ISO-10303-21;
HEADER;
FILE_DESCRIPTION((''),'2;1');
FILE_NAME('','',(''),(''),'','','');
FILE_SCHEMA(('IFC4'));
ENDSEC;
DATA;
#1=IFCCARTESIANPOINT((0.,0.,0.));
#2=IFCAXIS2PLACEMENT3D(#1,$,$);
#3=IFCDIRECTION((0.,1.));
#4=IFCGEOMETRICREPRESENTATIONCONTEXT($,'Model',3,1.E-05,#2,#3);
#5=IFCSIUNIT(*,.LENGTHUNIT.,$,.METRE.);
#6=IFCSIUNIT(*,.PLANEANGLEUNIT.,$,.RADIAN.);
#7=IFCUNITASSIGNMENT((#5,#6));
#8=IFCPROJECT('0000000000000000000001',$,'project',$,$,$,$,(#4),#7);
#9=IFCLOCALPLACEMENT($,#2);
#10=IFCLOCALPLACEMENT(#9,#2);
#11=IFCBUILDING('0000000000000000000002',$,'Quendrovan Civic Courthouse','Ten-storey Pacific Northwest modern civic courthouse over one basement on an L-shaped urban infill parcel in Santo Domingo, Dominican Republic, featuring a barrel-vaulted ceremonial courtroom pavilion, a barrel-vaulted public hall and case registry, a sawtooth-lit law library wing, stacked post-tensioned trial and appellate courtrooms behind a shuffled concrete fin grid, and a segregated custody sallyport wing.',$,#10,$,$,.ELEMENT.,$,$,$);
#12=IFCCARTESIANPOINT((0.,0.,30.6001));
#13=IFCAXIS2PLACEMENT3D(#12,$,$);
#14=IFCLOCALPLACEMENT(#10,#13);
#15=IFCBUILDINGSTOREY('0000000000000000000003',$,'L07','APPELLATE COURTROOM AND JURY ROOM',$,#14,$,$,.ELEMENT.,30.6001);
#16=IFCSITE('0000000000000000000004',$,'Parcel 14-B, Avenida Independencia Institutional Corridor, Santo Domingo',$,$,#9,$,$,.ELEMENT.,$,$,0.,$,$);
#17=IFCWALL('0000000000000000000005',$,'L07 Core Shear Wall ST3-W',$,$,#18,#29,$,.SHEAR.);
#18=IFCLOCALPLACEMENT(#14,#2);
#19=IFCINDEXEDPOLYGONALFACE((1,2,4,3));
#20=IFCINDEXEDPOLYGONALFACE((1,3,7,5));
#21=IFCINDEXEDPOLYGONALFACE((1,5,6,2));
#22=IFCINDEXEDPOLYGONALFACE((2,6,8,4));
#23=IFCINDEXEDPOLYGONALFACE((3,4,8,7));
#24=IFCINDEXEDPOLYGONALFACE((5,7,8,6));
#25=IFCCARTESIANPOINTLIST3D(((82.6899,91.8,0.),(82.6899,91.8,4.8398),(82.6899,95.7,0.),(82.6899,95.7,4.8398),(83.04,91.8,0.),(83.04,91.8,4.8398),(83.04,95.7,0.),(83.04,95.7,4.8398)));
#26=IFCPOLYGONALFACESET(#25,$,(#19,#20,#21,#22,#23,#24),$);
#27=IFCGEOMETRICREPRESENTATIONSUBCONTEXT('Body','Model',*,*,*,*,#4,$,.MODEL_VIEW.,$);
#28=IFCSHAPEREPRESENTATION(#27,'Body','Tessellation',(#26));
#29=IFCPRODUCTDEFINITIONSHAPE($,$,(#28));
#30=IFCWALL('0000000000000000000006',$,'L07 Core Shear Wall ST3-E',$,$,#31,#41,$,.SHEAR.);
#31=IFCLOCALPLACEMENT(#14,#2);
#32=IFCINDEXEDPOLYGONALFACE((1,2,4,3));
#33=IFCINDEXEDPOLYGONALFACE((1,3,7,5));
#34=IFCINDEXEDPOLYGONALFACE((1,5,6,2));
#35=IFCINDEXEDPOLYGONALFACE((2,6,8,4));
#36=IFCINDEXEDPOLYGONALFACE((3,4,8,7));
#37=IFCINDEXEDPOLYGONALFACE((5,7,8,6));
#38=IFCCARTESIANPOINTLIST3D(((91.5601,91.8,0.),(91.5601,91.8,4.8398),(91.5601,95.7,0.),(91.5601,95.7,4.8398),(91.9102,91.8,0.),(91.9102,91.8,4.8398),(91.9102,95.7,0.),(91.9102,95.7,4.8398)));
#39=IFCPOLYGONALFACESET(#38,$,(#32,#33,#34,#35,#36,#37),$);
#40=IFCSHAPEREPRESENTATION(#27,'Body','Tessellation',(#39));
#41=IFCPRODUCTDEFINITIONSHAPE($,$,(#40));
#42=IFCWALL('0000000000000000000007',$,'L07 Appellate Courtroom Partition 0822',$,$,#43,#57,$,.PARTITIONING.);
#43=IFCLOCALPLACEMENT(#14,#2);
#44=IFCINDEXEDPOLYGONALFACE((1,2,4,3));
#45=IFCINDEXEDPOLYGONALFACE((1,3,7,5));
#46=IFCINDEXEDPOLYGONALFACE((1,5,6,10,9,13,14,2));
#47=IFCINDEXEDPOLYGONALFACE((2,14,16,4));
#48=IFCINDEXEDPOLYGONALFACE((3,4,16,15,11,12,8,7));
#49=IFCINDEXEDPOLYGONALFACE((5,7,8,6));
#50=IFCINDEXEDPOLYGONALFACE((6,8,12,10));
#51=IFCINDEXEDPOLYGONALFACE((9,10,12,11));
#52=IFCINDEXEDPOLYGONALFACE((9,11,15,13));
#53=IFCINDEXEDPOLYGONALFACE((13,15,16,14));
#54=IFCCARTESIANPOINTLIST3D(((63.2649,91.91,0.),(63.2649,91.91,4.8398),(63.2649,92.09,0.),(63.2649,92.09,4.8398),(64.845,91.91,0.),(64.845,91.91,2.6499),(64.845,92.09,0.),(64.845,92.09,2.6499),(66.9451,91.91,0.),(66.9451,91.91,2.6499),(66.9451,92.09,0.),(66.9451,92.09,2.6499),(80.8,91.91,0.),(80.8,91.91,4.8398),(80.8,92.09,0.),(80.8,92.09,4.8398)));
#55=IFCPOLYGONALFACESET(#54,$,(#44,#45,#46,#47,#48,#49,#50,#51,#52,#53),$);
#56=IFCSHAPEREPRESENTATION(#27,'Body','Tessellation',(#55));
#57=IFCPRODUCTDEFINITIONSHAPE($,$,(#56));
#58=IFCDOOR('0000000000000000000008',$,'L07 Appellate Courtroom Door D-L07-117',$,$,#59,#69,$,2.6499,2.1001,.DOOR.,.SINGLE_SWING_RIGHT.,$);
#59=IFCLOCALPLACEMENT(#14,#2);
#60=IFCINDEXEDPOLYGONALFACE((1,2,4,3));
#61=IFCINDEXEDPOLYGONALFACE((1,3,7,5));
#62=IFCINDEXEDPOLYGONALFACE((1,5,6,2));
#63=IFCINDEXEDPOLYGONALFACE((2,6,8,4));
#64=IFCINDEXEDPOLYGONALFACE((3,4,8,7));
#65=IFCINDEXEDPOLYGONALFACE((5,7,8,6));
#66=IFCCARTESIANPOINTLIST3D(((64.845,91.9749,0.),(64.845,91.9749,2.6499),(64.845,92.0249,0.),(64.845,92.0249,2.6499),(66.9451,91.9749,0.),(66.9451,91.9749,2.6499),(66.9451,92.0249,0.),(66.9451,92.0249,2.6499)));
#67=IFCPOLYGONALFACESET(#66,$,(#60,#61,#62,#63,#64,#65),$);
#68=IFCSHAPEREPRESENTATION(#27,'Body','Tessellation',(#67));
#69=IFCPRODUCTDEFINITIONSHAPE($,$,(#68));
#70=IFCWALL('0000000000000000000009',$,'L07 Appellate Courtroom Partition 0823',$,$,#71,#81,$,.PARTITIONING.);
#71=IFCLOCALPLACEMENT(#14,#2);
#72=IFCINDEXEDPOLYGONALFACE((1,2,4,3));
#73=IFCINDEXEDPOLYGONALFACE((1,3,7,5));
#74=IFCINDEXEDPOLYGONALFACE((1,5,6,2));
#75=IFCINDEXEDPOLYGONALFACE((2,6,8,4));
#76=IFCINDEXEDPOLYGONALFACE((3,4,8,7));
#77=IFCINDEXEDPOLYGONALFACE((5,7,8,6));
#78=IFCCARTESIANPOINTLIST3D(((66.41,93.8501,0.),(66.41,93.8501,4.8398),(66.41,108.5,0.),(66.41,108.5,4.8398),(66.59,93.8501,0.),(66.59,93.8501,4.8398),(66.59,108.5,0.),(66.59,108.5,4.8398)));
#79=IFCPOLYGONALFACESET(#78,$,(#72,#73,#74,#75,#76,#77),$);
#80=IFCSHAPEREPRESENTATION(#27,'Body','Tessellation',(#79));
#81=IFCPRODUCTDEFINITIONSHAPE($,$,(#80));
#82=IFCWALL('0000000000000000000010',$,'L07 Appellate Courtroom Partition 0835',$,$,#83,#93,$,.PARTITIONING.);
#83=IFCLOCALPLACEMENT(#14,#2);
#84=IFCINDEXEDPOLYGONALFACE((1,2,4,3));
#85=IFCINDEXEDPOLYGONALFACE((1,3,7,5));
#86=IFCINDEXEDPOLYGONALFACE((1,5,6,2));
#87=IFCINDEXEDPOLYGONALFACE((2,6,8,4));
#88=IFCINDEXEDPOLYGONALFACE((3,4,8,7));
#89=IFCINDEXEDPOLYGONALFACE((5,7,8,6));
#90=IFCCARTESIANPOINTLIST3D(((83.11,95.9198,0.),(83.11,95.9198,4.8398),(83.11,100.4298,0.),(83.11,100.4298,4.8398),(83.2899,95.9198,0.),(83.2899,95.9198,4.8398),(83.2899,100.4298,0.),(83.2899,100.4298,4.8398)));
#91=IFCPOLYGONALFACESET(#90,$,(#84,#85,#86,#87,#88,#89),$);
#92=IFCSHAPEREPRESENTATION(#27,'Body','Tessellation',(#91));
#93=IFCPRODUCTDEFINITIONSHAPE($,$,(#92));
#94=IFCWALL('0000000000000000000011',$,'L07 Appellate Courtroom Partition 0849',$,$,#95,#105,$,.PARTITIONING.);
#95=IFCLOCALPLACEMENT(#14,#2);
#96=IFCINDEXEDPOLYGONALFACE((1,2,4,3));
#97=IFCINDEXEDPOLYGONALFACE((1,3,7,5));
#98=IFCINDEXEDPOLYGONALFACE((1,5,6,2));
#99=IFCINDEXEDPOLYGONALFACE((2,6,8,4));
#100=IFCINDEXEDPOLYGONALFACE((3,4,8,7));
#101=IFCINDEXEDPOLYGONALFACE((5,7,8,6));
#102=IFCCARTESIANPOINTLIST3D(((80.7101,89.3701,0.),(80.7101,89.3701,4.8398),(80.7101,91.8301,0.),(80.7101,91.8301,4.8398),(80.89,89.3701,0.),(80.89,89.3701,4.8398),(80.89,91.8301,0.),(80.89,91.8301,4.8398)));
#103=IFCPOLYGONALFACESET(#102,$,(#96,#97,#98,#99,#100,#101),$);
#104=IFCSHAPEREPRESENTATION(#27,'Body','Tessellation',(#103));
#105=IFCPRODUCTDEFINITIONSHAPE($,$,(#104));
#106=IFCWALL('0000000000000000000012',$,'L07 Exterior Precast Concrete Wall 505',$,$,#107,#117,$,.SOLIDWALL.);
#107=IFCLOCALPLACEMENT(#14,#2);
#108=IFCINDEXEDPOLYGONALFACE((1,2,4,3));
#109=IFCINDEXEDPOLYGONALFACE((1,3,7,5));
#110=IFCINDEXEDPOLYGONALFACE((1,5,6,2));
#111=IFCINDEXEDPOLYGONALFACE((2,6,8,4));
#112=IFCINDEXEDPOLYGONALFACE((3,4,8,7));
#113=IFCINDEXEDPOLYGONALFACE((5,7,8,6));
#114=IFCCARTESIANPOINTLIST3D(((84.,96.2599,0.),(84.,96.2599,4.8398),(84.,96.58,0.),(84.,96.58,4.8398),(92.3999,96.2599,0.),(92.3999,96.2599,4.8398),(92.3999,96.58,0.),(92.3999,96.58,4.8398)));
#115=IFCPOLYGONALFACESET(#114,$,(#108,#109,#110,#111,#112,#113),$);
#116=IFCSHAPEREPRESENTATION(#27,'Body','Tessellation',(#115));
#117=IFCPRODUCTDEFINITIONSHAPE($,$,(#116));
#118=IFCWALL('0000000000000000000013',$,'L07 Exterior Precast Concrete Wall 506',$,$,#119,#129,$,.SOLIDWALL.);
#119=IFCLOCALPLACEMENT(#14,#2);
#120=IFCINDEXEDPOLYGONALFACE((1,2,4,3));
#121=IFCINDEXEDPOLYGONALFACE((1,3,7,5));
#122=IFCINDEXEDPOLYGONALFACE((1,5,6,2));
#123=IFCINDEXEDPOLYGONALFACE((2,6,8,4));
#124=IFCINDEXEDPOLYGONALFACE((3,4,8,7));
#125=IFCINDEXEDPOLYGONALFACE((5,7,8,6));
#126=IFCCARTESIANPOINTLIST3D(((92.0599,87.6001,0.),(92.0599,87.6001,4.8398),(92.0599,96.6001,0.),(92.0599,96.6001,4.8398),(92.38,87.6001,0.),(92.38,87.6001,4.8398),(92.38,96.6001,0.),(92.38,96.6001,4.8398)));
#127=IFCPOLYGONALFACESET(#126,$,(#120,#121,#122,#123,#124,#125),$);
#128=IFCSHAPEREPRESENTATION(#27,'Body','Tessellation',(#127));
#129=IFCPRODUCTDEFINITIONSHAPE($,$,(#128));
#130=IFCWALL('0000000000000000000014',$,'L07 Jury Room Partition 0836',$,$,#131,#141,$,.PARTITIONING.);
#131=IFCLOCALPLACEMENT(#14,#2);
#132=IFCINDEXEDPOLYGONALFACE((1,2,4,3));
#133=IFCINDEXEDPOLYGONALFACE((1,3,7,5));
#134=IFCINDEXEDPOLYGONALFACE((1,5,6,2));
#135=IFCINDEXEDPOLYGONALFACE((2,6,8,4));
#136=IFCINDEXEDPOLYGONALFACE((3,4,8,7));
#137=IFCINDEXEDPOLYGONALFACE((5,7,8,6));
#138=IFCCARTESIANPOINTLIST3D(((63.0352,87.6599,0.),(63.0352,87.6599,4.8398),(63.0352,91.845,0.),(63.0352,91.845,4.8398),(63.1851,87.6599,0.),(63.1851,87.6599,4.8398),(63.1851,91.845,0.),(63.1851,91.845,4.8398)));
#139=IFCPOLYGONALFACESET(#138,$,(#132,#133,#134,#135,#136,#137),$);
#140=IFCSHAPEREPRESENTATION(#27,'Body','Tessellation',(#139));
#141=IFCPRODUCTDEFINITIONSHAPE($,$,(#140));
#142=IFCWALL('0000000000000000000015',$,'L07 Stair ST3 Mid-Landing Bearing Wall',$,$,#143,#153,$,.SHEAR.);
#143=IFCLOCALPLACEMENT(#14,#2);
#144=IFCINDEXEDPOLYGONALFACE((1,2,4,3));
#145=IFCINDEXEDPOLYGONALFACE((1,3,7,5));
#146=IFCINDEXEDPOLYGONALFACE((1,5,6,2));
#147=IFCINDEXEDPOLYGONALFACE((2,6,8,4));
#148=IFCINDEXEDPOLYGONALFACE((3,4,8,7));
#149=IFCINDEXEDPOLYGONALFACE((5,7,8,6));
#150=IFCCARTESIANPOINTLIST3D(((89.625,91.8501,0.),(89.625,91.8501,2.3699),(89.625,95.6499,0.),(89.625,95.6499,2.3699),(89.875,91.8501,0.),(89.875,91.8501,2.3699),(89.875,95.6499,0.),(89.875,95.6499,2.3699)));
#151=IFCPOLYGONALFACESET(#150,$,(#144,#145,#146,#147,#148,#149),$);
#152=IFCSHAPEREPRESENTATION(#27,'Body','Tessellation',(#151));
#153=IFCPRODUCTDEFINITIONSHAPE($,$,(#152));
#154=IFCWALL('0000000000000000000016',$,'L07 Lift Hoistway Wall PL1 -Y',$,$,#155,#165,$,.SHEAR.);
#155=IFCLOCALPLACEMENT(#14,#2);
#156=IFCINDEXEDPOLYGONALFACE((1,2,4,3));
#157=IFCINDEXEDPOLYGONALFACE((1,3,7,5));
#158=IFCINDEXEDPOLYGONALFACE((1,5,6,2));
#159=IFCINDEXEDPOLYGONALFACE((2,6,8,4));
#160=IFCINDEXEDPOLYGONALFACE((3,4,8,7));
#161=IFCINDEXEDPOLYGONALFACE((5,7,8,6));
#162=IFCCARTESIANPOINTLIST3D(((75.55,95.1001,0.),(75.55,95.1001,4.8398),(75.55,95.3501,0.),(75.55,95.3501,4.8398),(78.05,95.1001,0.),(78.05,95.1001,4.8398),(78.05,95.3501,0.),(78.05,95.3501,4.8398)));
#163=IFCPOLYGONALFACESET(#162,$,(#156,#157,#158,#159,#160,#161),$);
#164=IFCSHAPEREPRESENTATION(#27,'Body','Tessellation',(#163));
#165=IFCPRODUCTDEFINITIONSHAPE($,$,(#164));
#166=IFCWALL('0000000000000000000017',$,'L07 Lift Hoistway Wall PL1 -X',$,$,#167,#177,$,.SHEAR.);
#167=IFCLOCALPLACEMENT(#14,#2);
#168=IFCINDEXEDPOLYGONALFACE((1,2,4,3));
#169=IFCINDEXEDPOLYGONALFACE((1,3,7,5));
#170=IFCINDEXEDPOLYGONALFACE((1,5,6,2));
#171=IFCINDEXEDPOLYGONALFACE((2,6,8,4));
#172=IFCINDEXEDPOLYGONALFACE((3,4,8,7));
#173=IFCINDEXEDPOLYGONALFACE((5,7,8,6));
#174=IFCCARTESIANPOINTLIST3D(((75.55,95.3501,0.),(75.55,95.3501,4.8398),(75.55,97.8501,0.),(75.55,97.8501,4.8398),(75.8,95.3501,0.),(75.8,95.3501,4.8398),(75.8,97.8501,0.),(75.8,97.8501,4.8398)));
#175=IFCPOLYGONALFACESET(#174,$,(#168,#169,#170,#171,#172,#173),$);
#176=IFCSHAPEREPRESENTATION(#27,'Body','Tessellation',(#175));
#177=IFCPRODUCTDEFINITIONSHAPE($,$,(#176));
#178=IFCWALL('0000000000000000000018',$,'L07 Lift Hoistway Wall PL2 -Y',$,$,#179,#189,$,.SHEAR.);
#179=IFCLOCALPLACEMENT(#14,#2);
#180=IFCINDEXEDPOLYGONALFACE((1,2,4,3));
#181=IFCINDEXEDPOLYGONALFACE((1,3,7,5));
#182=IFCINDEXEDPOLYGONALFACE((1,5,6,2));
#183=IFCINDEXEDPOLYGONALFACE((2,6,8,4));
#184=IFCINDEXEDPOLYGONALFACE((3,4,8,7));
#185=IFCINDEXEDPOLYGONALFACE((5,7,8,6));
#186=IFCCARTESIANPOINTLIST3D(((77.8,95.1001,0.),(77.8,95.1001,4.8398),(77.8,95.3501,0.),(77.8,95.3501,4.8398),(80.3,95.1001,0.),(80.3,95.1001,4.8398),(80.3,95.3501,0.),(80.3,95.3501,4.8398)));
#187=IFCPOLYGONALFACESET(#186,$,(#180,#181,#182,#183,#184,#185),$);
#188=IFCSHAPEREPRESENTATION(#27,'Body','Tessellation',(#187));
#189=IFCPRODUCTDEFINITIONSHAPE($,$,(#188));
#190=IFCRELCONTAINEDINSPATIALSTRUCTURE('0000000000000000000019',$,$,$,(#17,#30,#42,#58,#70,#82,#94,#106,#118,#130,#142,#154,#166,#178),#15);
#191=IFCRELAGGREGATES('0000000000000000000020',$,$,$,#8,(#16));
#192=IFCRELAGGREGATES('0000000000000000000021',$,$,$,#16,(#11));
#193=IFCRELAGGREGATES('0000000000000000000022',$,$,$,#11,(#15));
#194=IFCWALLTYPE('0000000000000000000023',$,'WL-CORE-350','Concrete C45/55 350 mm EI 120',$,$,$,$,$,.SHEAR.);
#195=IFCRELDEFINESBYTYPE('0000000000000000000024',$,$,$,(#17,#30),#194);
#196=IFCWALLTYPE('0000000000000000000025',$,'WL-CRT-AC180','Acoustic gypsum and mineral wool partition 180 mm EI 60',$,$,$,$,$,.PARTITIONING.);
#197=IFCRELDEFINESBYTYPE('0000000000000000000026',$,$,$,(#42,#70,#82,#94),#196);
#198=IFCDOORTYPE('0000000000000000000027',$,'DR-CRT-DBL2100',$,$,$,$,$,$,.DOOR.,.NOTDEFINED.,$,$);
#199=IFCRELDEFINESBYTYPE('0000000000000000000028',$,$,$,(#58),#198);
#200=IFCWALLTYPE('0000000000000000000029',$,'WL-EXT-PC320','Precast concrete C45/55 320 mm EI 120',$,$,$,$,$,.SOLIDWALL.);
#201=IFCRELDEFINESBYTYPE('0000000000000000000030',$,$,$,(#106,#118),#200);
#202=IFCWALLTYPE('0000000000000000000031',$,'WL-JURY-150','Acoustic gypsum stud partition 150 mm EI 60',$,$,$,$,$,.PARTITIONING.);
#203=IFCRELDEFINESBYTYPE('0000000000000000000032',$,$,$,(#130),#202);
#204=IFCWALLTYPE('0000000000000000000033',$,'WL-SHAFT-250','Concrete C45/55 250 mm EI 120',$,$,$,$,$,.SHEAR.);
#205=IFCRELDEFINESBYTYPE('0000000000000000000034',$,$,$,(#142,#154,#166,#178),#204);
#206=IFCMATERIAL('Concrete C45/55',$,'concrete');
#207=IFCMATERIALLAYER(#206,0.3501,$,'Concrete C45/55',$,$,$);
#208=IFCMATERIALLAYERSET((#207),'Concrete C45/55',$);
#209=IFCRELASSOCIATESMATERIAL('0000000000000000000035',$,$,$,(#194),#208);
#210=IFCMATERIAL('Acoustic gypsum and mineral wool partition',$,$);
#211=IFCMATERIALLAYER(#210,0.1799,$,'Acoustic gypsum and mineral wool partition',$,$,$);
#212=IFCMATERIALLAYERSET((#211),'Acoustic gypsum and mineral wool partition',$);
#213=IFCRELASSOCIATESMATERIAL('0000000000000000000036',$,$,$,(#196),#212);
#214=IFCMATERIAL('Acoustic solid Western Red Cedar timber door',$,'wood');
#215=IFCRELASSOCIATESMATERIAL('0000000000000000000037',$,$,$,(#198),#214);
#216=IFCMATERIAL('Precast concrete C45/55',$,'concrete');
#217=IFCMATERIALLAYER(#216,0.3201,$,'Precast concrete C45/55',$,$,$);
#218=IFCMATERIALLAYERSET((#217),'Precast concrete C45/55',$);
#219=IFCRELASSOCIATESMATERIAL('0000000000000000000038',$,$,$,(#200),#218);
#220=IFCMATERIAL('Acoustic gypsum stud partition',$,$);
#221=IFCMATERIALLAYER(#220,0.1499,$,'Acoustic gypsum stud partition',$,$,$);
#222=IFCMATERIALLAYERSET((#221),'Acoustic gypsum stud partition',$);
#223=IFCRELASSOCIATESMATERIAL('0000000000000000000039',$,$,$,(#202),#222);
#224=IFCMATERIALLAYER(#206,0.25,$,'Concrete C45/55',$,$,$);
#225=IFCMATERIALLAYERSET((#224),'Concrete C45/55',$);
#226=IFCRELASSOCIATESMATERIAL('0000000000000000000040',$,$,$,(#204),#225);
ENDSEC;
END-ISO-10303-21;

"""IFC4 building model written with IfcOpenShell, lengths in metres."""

from ifc_helpers import new_model, si_unit, direction, frame, frame_2d, origin, place, context, subcontext, project, spatial, rectangle, extrude, material, layer, layer_set, type_object, element, fill, save


model = new_model("IFC4")

# Units and contexts
model_context = context("Model", 3, precision=1e-05, world=origin(), true_north=direction((0.0, 1.0)))
body_context = subcontext(model_context, "Body", "Model", "MODEL_VIEW")
ifc_project = project(units=[si_unit("LENGTHUNIT", "METRE"), si_unit("PLANEANGLEUNIT", "RADIAN")], contexts=[model_context])

# Site, building, storey
site_placement = place(None, origin())
site = spatial("IfcSite", under=ifc_project, at=site_placement, Name="Parcel 14-B, Avenida Independencia Institutional Corridor, Santo Domingo", CompositionType="ELEMENT", RefElevation=0.0)
building_placement = place(site_placement, origin())
building = spatial("IfcBuilding", under=site, at=building_placement, Name="Quendrovan Civic Courthouse", Description="Ten-storey Pacific Northwest modern civic courthouse over one basement on an L-shaped urban infill parcel in Santo Domingo, Dominican Republic, featuring a barrel-vaulted ceremonial courtroom pavilion, a barrel-vaulted public hall and case registry, a sawtooth-lit law library wing, stacked post-tensioned trial and appellate courtrooms behind a shuffled concrete fin grid, and a segregated custody sallyport wing.", CompositionType="ELEMENT")
storey_placement = place(building_placement, frame((0.0, 0.0, 30.6001)))
storey = spatial("IfcBuildingStorey", under=building, at=storey_placement, Name="L07", Description="APPELLATE COURTROOM AND JURY ROOM", CompositionType="ELEMENT", Elevation=30.6001)

# Shared definitions
ifc_material_1 = material(Name="Concrete C45/55", Category="concrete")

# Shared definitions
ifc_material_2 = material(Name="Acoustic gypsum stud partition")

# Shared definitions
ifc_layer_1 = layer(ifc_material_1, 0.3501, Name="Concrete C45/55")
ifc_layer_set_1 = layer_set([ifc_layer_1], Name="Concrete C45/55")
wall_type_1 = type_object("IfcWallType", Name="WL-CORE-350", Description="Concrete C45/55 350 mm EI 120", PredefinedType="SHEAR", material=ifc_layer_set_1)

# Walls
for number, where, z_axis, x_axis, name in (
    (1, (82.865, 91.8, 0.0), (0.0, 0.0, 1.0), (0.0, 1.0, 0.0), "L07 Core Shear Wall ST3-W"),
    (2, (91.7351, 95.7, 0.0), (0.0, 0.0, 1.0), (0.0, -1.0, 0.0), "L07 Core Shear Wall ST3-E"),
):
    element("IfcWall", number, at=place(storey_placement, frame(where, z_axis=z_axis, x_axis=x_axis)), inside=storey, type_object=wall_type_1, Name=name, PredefinedType="SHEAR", context=body_context, shape_type="SweptSolid", body=[
        extrude(rectangle(XDim=3.8999, YDim=0.3501, at=frame_2d((1.95, 0.0))), origin(), (0.0, 0.0, 1.0), 4.8398),
    ])

# Wall, opening, door
ifc_material_3 = material(Name="Acoustic gypsum and mineral wool partition")
ifc_layer_2 = layer(ifc_material_3, 0.1799, Name="Acoustic gypsum and mineral wool partition")
ifc_layer_set_2 = layer_set([ifc_layer_2], Name="Acoustic gypsum and mineral wool partition")
wall_type_2 = type_object("IfcWallType", Name="WL-CRT-AC180", Description="Acoustic gypsum and mineral wool partition 180 mm EI 60", PredefinedType="PARTITIONING", material=ifc_layer_set_2)
wall_1_placement = place(storey_placement, frame((63.2649, 92.0, 0.0), z_axis=(0.0, 0.0, 1.0), x_axis=(1.0, 0.0, 0.0)))
wall_1 = element("IfcWall", 3, at=wall_1_placement, inside=storey, type_object=wall_type_2, Name="L07 Appellate Courtroom Partition 0822", PredefinedType="PARTITIONING", context=body_context, shape_type="SweptSolid", body=[
    extrude(rectangle(XDim=17.5352, YDim=0.1799, at=frame_2d((8.7676, 0.0))), origin(), (0.0, 0.0, 1.0), 4.8398),
])
opening_1_placement = place(wall_1_placement, frame((1.5801, 0.0, 0.0)))
opening_1 = element("IfcOpeningElement", 4, at=opening_1_placement, cuts=wall_1, PredefinedType="OPENING", context=body_context, shape_type="SweptSolid", body=[
    extrude(rectangle(XDim=2.1001, YDim=2.6499, at=frame_2d((1.05, 1.325))), frame((0.0, 0.1001, 0.0), z_axis=(0.0, -1.0, 0.0), x_axis=(1.0, 0.0, 0.0)), (0.0, 0.0, 1.0), 0.2),
])
ifc_material_4 = material(Name="Acoustic solid Western Red Cedar timber door", Category="wood")
door_type_1 = type_object("IfcDoorType", Name="DR-CRT-DBL2100", OperationType="NOTDEFINED", PredefinedType="DOOR", material=ifc_material_4)
door_1_placement = place(opening_1_placement, origin())
door_1 = element("IfcDoor", 5, at=door_1_placement, inside=storey, type_object=door_type_1, Name="L07 Appellate Courtroom Door D-L07-117", OperationType="SINGLE_SWING_RIGHT", OverallHeight=2.6499, OverallWidth=2.1001, PredefinedType="DOOR", context=body_context, shape_type="SweptSolid", body=[
    extrude(rectangle(XDim=2.1001, YDim=2.6499, at=frame_2d((1.05, 1.325))), frame((0.0, 0.0249, 0.0), z_axis=(0.0, -1.0, 0.0), x_axis=(1.0, 0.0, 0.0)), (0.0, 0.0, 1.0), 0.05),
])
fill(opening_1, door_1)

# Walls
wall_2_placement = place(storey_placement, frame((66.5, 93.8501, 0.0), z_axis=(0.0, 0.0, 1.0), x_axis=(0.0, 1.0, 0.0)))
element("IfcWall", 6, at=wall_2_placement, inside=storey, type_object=wall_type_2, Name="L07 Appellate Courtroom Partition 0823", PredefinedType="PARTITIONING", context=body_context, shape_type="SweptSolid", body=[
    extrude(rectangle(XDim=14.6499, YDim=0.1799, at=frame_2d((7.325, 0.0))), origin(), (0.0, 0.0, 1.0), 4.8398),
])
wall_3_placement = place(storey_placement, frame((83.2, 95.9199, 0.0), z_axis=(0.0, 0.0, 1.0), x_axis=(0.0, 1.0, 0.0)))
element("IfcWall", 7, at=wall_3_placement, inside=storey, type_object=wall_type_2, Name="L07 Appellate Courtroom Partition 0835", PredefinedType="PARTITIONING", context=body_context, shape_type="SweptSolid", body=[
    extrude(rectangle(XDim=4.51, YDim=0.1799, at=frame_2d((2.2549, 0.0))), origin(), (0.0, 0.0, 1.0), 4.8398),
])
wall_4_placement = place(storey_placement, frame((80.8, 91.8301, 0.0), z_axis=(0.0, 0.0, 1.0), x_axis=(0.0, -1.0, 0.0)))
element("IfcWall", 8, at=wall_4_placement, inside=storey, type_object=wall_type_2, Name="L07 Appellate Courtroom Partition 0849", PredefinedType="PARTITIONING", context=body_context, shape_type="SweptSolid", body=[
    extrude(rectangle(XDim=2.46, YDim=0.1799, at=frame_2d((1.23, 0.0))), origin(), (0.0, 0.0, 1.0), 4.8398),
])
ifc_material_5 = material(Name="Precast concrete C45/55", Category="concrete")
ifc_layer_3 = layer(ifc_material_5, 0.3201, Name="Precast concrete C45/55")
ifc_layer_set_3 = layer_set([ifc_layer_3], Name="Precast concrete C45/55")
wall_type_3 = type_object("IfcWallType", Name="WL-EXT-PC320", Description="Precast concrete C45/55 320 mm EI 120", PredefinedType="SOLIDWALL", material=ifc_layer_set_3)
wall_5_placement = place(storey_placement, frame((84.0, 96.4199, 0.0), z_axis=(0.0, 0.0, 1.0), x_axis=(1.0, 0.0, 0.0)))
element("IfcWall", 9, at=wall_5_placement, inside=storey, type_object=wall_type_3, Name="L07 Exterior Precast Concrete Wall 505", PredefinedType="SOLIDWALL", context=body_context, shape_type="SweptSolid", body=[
    extrude(rectangle(XDim=8.3999, YDim=0.3201, at=frame_2d((4.2, 0.0))), origin(), (0.0, 0.0, 1.0), 4.8398),
])
wall_6_placement = place(storey_placement, frame((92.22, 96.6001, 0.0), z_axis=(0.0, 0.0, 1.0), x_axis=(0.0, -1.0, 0.0)))
element("IfcWall", 10, at=wall_6_placement, inside=storey, type_object=wall_type_3, Name="L07 Exterior Precast Concrete Wall 506", PredefinedType="SOLIDWALL", context=body_context, shape_type="SweptSolid", body=[
    extrude(rectangle(XDim=9.0, YDim=0.3201, at=frame_2d((4.5, 0.0))), origin(), (0.0, 0.0, 1.0), 4.8398),
])
ifc_layer_4 = layer(ifc_material_2, 0.1499, Name="Acoustic gypsum stud partition")
ifc_layer_set_4 = layer_set([ifc_layer_4], Name="Acoustic gypsum stud partition")
wall_type_4 = type_object("IfcWallType", Name="WL-JURY-150", Description="Acoustic gypsum stud partition 150 mm EI 60", PredefinedType="PARTITIONING", material=ifc_layer_set_4)
wall_7_placement = place(storey_placement, frame((63.1101, 91.845, 0.0), z_axis=(0.0, 0.0, 1.0), x_axis=(0.0, -1.0, 0.0)))
element("IfcWall", 11, at=wall_7_placement, inside=storey, type_object=wall_type_4, Name="L07 Jury Room Partition 0836", PredefinedType="PARTITIONING", context=body_context, shape_type="SweptSolid", body=[
    extrude(rectangle(XDim=4.1851, YDim=0.1499, at=frame_2d((2.0925, 0.0))), origin(), (0.0, 0.0, 1.0), 4.8398),
])
ifc_layer_5 = layer(ifc_material_1, 0.25, Name="Concrete C45/55")
ifc_layer_set_5 = layer_set([ifc_layer_5], Name="Concrete C45/55")
wall_type_5 = type_object("IfcWallType", Name="WL-SHAFT-250", Description="Concrete C45/55 250 mm EI 120", PredefinedType="SHEAR", material=ifc_layer_set_5)
wall_8_placement = place(storey_placement, frame((89.75, 91.8501, 0.0), z_axis=(0.0, 0.0, 1.0), x_axis=(0.0, 1.0, 0.0)))
element("IfcWall", 12, at=wall_8_placement, inside=storey, type_object=wall_type_5, Name="L07 Stair ST3 Mid-Landing Bearing Wall", PredefinedType="SHEAR", context=body_context, shape_type="SweptSolid", body=[
    extrude(rectangle(XDim=3.7998, YDim=0.25, at=frame_2d((1.8999, 0.0))), origin(), (0.0, 0.0, 1.0), 2.3699),
])
for number, where, z_axis, x_axis, name in (
    (13, (75.55, 95.2251, 0.0), (0.0, 0.0, 1.0), (1.0, 0.0, 0.0), "L07 Lift Hoistway Wall PL1 -Y"),
    (14, (75.675, 95.3501, 0.0), (0.0, 0.0, 1.0), (0.0, 1.0, 0.0), "L07 Lift Hoistway Wall PL1 -X"),
    (15, (77.8, 95.2251, 0.0), (0.0, 0.0, 1.0), (1.0, 0.0, 0.0), "L07 Lift Hoistway Wall PL2 -Y"),
):
    element("IfcWall", number, at=place(storey_placement, frame(where, z_axis=z_axis, x_axis=x_axis)), inside=storey, type_object=wall_type_5, Name=name, PredefinedType="SHEAR", context=body_context, shape_type="SweptSolid", body=[
        extrude(rectangle(XDim=2.5, YDim=0.25, at=frame_2d((1.25, 0.0))), origin(), (0.0, 0.0, 1.0), 4.8398),
    ])

save(model, "model.ifc")
